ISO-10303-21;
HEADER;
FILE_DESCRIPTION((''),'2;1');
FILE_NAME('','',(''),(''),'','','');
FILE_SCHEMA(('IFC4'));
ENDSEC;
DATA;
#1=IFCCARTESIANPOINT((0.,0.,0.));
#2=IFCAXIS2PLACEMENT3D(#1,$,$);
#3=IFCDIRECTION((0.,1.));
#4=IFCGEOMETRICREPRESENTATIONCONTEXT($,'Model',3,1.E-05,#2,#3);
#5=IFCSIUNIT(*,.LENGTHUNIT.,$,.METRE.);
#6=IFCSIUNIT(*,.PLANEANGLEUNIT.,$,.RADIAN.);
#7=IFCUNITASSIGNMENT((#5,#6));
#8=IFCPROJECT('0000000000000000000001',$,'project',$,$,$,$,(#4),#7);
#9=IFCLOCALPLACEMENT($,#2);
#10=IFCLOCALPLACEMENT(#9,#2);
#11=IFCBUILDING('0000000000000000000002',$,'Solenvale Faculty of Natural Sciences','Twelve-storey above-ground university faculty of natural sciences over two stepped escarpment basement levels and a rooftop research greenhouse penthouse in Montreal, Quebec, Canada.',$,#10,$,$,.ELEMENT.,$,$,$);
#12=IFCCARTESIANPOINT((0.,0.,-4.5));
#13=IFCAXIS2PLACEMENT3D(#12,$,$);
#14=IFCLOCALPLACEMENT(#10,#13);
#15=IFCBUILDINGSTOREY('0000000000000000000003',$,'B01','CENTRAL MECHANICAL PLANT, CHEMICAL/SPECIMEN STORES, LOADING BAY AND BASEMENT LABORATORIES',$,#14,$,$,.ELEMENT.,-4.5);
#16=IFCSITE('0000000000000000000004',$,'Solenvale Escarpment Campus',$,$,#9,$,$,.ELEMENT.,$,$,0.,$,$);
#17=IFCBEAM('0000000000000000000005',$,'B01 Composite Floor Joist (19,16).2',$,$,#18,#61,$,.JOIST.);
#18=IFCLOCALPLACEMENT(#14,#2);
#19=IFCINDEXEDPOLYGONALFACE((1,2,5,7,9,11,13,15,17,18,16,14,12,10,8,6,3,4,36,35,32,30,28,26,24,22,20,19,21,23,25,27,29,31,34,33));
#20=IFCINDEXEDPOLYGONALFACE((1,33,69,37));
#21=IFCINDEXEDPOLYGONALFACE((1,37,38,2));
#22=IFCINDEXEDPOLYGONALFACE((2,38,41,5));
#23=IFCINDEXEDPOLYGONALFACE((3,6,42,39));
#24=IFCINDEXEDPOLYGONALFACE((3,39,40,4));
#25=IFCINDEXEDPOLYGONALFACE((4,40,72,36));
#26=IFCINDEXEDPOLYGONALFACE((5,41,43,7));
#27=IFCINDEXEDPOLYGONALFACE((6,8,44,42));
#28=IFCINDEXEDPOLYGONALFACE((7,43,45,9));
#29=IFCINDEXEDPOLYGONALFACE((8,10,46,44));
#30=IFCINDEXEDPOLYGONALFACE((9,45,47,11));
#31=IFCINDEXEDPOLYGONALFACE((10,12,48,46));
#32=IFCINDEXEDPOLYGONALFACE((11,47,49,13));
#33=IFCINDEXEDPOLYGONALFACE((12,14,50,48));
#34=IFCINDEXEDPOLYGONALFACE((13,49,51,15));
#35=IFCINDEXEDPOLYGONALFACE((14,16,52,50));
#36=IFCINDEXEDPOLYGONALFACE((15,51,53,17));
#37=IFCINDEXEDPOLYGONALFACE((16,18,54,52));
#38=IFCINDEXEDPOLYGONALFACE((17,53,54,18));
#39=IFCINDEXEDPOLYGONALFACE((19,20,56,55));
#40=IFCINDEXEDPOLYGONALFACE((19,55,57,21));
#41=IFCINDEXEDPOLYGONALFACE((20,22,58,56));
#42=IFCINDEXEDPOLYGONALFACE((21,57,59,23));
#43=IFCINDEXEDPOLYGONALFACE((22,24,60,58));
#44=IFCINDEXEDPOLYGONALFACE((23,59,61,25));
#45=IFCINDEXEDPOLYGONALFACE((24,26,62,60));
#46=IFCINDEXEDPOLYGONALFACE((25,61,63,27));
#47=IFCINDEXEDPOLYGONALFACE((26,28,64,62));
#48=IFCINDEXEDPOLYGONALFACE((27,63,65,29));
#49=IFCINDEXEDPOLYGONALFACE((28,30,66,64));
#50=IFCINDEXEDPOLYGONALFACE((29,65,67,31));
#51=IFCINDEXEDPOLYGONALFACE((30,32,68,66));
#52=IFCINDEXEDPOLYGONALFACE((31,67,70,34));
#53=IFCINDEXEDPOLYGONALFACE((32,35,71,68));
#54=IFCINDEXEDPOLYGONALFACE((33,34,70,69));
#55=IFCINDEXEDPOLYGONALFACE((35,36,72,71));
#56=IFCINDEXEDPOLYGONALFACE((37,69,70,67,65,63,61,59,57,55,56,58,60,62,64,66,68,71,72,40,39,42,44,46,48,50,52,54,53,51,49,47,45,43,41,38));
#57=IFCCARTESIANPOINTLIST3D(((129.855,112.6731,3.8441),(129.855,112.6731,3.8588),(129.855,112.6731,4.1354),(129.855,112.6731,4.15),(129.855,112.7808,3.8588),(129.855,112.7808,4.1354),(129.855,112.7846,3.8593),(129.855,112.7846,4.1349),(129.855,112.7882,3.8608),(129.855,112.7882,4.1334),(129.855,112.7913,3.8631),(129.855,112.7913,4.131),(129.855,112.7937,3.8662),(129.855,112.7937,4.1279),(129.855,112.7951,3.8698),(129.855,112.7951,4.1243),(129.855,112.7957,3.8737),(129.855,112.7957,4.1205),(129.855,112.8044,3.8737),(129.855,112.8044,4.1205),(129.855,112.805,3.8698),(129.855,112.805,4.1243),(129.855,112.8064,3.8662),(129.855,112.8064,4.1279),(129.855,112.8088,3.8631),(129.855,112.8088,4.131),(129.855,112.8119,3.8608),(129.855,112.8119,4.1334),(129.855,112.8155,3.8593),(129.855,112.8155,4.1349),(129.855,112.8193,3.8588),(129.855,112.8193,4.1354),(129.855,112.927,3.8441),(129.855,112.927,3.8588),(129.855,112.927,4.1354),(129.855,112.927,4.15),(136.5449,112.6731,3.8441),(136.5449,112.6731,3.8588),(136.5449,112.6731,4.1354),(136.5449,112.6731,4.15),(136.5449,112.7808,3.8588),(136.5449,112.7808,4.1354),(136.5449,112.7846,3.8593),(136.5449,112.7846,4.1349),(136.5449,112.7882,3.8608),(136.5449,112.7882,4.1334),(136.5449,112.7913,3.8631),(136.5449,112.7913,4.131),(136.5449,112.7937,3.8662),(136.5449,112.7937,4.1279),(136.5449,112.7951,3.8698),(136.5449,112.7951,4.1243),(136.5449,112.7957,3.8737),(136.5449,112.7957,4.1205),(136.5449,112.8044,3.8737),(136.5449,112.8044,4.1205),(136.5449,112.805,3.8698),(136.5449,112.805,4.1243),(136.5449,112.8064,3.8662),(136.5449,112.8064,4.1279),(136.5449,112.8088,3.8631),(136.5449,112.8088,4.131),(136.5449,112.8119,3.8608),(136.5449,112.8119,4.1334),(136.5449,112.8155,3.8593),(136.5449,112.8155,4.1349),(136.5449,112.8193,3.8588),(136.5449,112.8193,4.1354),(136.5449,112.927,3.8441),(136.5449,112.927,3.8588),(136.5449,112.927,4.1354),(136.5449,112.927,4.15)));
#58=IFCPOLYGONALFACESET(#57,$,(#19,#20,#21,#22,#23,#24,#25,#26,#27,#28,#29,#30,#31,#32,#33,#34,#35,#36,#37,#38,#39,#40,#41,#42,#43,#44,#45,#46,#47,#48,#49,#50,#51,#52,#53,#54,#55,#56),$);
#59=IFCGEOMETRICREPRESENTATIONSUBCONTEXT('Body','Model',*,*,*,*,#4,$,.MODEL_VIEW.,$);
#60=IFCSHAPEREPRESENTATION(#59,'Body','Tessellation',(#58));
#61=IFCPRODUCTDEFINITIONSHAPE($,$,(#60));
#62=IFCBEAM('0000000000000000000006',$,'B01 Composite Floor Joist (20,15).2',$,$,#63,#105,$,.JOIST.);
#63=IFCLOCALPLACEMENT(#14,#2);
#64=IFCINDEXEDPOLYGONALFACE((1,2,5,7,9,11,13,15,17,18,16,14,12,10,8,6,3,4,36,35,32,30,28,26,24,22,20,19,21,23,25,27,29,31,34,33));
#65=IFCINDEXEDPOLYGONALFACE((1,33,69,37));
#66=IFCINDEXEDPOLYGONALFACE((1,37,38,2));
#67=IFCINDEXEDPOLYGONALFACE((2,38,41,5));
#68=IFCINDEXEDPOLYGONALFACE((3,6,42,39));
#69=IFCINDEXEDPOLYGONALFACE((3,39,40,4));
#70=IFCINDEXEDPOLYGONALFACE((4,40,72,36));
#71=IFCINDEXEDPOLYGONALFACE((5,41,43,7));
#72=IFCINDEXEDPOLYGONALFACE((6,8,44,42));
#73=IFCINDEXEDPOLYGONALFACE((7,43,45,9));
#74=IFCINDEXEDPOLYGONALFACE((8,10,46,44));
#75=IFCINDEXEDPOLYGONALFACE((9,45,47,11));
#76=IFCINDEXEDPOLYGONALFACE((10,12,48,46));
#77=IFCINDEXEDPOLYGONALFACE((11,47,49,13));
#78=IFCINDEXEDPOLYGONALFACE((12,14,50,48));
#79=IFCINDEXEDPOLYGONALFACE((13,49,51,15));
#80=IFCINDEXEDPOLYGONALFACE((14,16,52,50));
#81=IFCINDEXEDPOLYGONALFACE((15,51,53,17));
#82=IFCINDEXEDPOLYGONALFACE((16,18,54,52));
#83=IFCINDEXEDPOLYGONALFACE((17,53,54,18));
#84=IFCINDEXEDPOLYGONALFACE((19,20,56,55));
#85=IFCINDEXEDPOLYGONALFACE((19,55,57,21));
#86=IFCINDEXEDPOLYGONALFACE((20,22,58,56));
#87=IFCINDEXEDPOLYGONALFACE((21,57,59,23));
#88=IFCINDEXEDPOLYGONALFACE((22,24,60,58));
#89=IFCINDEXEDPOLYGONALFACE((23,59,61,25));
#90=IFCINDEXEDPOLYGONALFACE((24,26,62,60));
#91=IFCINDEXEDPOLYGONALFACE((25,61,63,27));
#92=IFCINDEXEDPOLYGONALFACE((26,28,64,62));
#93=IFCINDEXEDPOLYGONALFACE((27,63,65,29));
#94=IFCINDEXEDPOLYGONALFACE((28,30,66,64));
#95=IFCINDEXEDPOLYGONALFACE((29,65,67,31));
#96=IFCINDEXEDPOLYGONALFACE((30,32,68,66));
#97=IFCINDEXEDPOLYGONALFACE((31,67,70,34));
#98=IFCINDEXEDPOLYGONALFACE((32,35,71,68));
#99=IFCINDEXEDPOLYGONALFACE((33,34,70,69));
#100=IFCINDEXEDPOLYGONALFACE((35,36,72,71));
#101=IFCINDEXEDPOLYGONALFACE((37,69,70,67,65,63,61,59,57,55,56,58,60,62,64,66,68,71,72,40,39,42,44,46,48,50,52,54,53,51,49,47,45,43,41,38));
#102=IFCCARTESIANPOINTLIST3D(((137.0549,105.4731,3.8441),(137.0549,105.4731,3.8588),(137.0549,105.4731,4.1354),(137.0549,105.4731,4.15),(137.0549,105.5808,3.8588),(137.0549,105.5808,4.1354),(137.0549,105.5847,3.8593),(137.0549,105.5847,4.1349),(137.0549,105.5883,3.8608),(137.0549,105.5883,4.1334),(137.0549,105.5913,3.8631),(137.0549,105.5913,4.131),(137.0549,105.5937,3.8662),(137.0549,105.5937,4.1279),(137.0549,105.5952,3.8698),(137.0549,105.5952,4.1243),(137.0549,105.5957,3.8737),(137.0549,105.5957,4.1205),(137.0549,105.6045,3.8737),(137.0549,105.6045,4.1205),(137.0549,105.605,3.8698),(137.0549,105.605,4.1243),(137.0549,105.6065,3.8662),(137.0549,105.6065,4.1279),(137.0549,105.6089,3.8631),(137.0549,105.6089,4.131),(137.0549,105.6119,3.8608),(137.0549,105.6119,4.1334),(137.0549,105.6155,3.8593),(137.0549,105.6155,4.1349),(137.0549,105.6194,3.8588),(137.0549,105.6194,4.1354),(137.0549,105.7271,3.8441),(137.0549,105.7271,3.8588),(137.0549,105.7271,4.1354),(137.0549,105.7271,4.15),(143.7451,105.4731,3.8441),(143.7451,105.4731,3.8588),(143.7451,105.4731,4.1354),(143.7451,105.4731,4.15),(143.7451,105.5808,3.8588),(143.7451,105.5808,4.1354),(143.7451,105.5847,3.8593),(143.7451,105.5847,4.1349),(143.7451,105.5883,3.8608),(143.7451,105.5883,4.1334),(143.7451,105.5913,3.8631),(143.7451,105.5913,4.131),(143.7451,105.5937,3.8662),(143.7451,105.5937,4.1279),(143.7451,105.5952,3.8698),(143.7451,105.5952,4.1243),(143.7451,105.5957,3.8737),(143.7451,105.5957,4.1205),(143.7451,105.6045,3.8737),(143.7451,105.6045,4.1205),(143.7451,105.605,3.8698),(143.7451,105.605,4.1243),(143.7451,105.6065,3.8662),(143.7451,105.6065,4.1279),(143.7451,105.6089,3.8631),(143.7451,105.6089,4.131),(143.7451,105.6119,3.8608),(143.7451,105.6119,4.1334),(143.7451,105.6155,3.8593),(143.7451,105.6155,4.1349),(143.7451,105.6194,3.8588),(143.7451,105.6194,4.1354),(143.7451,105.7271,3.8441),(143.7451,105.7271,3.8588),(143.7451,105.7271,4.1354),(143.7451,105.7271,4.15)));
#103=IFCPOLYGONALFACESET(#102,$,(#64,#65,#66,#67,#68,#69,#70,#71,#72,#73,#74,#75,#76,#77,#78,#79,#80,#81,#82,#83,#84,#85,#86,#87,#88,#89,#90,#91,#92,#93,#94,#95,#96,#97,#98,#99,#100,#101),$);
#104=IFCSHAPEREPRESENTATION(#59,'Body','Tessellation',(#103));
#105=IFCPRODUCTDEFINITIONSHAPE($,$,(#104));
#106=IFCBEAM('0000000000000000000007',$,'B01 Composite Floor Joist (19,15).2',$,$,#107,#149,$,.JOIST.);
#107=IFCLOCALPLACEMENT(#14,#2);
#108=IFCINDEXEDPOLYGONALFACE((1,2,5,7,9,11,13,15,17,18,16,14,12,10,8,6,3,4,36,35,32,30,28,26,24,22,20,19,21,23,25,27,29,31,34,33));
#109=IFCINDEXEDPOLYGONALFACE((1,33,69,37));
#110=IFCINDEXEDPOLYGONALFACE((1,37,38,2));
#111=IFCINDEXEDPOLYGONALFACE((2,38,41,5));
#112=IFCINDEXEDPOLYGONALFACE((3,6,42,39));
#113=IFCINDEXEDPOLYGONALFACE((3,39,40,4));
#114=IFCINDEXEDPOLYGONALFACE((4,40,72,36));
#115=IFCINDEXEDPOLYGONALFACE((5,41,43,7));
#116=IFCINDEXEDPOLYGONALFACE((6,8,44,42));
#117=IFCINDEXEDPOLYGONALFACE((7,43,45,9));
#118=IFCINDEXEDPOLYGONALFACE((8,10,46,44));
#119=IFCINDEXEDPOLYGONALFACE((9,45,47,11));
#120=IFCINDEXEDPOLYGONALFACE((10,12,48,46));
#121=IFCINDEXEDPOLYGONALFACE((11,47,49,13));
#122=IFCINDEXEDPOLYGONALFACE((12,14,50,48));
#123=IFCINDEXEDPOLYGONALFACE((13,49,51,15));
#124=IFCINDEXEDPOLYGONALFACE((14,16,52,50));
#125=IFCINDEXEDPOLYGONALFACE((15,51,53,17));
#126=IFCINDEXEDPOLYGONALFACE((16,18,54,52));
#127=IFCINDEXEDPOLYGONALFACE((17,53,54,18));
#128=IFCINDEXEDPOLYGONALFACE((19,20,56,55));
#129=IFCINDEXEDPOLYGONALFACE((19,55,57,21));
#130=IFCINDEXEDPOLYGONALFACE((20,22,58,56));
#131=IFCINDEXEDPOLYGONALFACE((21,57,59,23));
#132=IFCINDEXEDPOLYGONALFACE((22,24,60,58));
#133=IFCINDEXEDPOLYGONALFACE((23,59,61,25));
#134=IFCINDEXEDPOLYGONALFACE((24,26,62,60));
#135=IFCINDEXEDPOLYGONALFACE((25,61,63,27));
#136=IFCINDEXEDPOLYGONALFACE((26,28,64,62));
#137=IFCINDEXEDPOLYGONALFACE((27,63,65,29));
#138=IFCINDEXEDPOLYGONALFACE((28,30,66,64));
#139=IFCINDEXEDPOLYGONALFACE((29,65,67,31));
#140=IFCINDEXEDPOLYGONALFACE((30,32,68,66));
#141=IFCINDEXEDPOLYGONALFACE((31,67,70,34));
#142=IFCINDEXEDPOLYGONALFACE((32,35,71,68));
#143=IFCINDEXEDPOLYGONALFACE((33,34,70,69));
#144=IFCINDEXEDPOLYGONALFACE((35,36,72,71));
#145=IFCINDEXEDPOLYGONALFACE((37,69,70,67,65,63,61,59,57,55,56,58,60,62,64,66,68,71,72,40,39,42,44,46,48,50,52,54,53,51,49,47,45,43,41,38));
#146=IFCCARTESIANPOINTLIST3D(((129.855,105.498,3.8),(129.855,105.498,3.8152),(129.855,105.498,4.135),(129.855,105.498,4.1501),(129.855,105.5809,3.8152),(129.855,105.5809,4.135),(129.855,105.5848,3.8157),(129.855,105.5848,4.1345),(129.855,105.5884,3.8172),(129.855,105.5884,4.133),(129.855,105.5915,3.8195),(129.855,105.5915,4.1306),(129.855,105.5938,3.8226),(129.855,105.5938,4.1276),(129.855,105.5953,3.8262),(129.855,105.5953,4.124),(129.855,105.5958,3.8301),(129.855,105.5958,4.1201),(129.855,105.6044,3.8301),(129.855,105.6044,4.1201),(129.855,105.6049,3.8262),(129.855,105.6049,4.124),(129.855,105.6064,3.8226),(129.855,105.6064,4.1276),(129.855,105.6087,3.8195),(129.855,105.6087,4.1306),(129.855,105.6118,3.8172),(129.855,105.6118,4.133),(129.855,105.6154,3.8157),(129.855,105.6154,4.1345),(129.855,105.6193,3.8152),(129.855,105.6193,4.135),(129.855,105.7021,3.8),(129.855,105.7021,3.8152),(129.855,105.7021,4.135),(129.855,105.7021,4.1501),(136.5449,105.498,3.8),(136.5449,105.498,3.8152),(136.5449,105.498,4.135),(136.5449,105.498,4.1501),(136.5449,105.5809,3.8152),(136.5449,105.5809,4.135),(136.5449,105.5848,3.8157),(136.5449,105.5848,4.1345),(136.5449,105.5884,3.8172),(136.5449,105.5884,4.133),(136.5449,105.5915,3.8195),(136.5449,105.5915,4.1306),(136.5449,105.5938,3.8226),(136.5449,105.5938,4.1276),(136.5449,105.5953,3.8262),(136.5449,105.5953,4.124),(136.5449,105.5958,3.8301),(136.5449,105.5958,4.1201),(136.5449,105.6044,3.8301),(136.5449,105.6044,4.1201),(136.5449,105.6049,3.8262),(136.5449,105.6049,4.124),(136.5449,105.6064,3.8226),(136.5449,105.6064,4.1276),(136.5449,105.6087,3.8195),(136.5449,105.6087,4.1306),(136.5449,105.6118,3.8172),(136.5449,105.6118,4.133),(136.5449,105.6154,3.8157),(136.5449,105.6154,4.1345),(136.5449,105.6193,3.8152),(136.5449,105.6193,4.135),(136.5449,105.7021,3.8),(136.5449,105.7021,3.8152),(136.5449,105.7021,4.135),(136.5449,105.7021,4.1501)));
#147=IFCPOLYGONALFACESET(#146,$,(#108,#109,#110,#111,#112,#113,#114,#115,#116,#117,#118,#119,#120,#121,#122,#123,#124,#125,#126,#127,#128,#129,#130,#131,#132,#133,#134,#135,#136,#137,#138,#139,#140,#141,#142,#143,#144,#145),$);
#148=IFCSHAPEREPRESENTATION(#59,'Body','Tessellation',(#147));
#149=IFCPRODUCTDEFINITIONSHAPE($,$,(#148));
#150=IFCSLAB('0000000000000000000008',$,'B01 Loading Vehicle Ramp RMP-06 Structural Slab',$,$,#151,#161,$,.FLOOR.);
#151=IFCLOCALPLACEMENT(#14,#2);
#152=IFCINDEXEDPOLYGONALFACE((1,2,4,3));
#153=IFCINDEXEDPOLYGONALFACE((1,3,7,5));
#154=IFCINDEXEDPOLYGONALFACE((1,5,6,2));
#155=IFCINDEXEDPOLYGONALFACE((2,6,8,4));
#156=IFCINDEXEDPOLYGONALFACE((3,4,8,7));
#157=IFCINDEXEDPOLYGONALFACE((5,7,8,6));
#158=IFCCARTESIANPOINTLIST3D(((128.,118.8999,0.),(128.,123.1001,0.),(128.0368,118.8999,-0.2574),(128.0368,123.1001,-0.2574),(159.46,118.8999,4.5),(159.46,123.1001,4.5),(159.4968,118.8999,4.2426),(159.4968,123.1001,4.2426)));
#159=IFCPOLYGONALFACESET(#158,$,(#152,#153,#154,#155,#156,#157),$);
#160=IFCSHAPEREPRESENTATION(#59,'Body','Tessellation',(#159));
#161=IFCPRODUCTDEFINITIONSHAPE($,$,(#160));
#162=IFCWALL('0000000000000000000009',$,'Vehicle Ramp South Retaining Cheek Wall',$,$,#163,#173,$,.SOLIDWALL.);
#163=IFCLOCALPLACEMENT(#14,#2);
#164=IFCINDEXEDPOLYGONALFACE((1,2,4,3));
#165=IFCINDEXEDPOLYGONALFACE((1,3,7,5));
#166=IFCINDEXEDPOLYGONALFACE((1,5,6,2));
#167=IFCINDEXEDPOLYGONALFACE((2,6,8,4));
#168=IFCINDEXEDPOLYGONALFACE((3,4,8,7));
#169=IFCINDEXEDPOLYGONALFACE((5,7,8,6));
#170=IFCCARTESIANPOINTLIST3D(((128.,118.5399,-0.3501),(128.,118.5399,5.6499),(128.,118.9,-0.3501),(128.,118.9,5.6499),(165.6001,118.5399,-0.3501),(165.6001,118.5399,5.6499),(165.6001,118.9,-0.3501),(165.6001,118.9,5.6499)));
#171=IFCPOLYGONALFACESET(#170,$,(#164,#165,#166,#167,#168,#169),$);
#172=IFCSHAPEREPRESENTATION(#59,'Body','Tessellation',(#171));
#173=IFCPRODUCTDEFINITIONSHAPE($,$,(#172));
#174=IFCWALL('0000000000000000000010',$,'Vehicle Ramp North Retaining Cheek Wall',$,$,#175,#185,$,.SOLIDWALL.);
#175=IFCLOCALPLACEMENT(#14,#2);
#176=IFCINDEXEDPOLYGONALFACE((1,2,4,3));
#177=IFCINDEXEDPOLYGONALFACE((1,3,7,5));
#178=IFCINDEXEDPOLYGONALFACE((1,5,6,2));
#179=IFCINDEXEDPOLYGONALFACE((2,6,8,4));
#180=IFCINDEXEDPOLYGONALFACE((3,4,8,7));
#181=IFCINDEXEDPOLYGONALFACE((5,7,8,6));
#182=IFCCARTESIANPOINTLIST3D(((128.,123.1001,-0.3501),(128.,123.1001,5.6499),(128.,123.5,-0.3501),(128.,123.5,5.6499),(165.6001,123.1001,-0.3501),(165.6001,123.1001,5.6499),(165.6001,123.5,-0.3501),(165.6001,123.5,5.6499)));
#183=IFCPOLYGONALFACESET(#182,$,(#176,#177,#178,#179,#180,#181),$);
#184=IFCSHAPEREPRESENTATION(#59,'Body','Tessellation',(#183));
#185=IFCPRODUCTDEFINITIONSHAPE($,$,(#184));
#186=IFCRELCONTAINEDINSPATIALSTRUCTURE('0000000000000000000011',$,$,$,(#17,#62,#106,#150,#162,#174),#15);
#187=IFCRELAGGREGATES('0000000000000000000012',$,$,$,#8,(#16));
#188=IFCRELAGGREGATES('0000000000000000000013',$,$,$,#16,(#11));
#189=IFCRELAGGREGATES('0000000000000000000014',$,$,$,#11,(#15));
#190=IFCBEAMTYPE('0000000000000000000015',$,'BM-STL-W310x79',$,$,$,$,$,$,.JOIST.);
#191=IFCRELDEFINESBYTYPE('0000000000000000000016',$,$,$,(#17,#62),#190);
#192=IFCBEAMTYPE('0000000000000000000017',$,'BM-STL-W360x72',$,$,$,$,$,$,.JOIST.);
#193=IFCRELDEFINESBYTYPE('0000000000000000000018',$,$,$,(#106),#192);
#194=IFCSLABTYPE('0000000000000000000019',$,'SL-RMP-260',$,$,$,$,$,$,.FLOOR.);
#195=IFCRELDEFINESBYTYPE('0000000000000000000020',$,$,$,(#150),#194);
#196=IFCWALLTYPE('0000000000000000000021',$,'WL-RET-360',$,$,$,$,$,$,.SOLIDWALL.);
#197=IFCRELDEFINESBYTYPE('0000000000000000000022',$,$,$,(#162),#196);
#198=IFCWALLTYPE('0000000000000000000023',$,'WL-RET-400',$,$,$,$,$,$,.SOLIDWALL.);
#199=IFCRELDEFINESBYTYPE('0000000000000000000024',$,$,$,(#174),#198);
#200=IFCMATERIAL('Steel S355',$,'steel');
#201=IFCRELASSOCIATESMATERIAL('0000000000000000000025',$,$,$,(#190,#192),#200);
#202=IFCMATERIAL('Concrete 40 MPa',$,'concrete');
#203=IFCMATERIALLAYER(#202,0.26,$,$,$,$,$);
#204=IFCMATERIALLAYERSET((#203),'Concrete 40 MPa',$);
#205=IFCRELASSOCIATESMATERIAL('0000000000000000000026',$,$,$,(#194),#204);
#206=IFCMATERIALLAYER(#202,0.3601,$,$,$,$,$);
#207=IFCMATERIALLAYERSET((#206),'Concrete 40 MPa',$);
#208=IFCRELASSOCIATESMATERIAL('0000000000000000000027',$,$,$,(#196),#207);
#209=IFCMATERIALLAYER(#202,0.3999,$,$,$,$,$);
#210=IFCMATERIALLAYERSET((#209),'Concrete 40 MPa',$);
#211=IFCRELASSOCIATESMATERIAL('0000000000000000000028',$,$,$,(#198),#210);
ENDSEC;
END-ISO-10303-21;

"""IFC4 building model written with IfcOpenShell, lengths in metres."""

from ifc_helpers import new_model, si_unit, direction, frame, frame_2d, origin, origin_2d, place, context, subcontext, project, spatial, polyline, rectangle, i_section, outline, extrude, material, layer, layer_set, material_profile, profile_set, type_object, element, save


model = new_model("IFC4")

# Units and contexts
model_context = context("Model", 3, precision=1e-05, world=origin(), true_north=direction((0.0, 1.0)))
body_context = subcontext(model_context, "Body", "Model", "MODEL_VIEW")
ifc_project = project(units=[si_unit("LENGTHUNIT", "METRE"), si_unit("PLANEANGLEUNIT", "RADIAN")], contexts=[model_context])

# Site, building, storey
site_placement = place(None, origin())
site = spatial("IfcSite", under=ifc_project, at=site_placement, Name="Solenvale Escarpment Campus", CompositionType="ELEMENT", RefElevation=0.0)
building_placement = place(site_placement, origin())
building = spatial("IfcBuilding", under=site, at=building_placement, Name="Solenvale Faculty of Natural Sciences", Description="Twelve-storey above-ground university faculty of natural sciences over two stepped escarpment basement levels and a rooftop research greenhouse penthouse in Montreal, Quebec, Canada.", CompositionType="ELEMENT")
storey_placement = place(building_placement, frame((0.0, 0.0, -4.5)))
storey = spatial("IfcBuildingStorey", under=building, at=storey_placement, Name="B01", Description="CENTRAL MECHANICAL PLANT, CHEMICAL/SPECIMEN STORES, LOADING BAY AND BASEMENT LABORATORIES", CompositionType="ELEMENT", Elevation=-4.5)

# Shared definitions
ifc_material_1 = material(Name="Concrete 40 MPa", Category="concrete")

# Beams
ifc_material_2 = material(Name="Steel S355", Category="steel")
ifc_material_profile_1 = material_profile(ifc_material_2, i_section(OverallWidth=0.2539, OverallDepth=0.3059, WebThickness=0.0088, FlangeThickness=0.0146, FilletRadius=0.0149, at=origin_2d()), Name="W310x79")
ifc_profile_set_1 = profile_set([ifc_material_profile_1], Name="Steel S355")
beam_type_1 = type_object("IfcBeamType", Name="BM-STL-W310x79", PredefinedType="JOIST", material=ifc_profile_set_1)
for number, where, z_axis, x_axis, name in (
    (1, (129.855, 112.8, 3.9971), (1.0, 0.0, 0.0), (0.0, 1.0, 0.0), "B01 Composite Floor Joist (19,16).2"),
):
    element("IfcBeam", number, at=place(storey_placement, frame(where, z_axis=z_axis, x_axis=x_axis)), inside=storey, type_object=beam_type_1, Name=name, PredefinedType="JOIST", context=body_context, shape_type="SweptSolid", body=[
        extrude(i_section(OverallWidth=0.2539, OverallDepth=0.3059, WebThickness=0.0088, FlangeThickness=0.0146, FilletRadius=0.0149, at=origin_2d()), origin(), (0.0, 0.0, 1.0), 6.6899),
    ])
beam_1_placement = place(storey_placement, frame((137.0549, 105.6001, 3.9971), z_axis=(1.0, 0.0, 0.0), x_axis=(0.0, 1.0, 0.0)))
element("IfcBeam", 2, at=beam_1_placement, inside=storey, type_object=beam_type_1, Name="B01 Composite Floor Joist (20,15).2", PredefinedType="JOIST", context=body_context, shape_type="SweptSolid", body=[
    extrude(i_section(OverallWidth=0.2539, OverallDepth=0.3059, WebThickness=0.0088, FlangeThickness=0.0146, FilletRadius=0.0149, at=origin_2d()), origin(), (0.0, 0.0, 1.0), 6.6902),
])
ifc_material_profile_2 = material_profile(ifc_material_2, i_section(OverallWidth=0.2041, OverallDepth=0.3501, WebThickness=0.0085, FlangeThickness=0.0151, FilletRadius=0.0149, at=origin_2d()), Name="W360x72")
ifc_profile_set_2 = profile_set([ifc_material_profile_2], Name="Steel S355")
beam_type_2 = type_object("IfcBeamType", Name="BM-STL-W360x72", PredefinedType="JOIST", material=ifc_profile_set_2)
beam_2_placement = place(storey_placement, frame((129.855, 105.6001, 3.9751), z_axis=(1.0, 0.0, 0.0), x_axis=(0.0, 1.0, 0.0)))
element("IfcBeam", 3, at=beam_2_placement, inside=storey, type_object=beam_type_2, Name="B01 Composite Floor Joist (19,15).2", PredefinedType="JOIST", context=body_context, shape_type="SweptSolid", body=[
    extrude(i_section(OverallWidth=0.2041, OverallDepth=0.3501, WebThickness=0.0085, FlangeThickness=0.0151, FilletRadius=0.0149, at=origin_2d()), origin(), (0.0, 0.0, 1.0), 6.6899),
])

# Slab
ifc_layer_1 = layer(ifc_material_1, 0.26)
ifc_layer_set_1 = layer_set([ifc_layer_1], Name="Concrete 40 MPa")
slab_type = type_object("IfcSlabType", Name="SL-RMP-260", PredefinedType="FLOOR", material=ifc_layer_set_1)
slab_placement = place(storey_placement, frame((128.0, 118.8999, 0.0), z_axis=(-0.141598, 0.0, 0.989924), x_axis=(0.989924, 0.0, 0.141598)))
element("IfcSlab", 4, at=slab_placement, inside=storey, type_object=slab_type, Name="B01 Loading Vehicle Ramp RMP-06 Structural Slab", PredefinedType="FLOOR", context=body_context, shape_type="SweptSolid", body=[
    extrude(outline(polyline([(0.0, 0.0), (31.7802, 0.0), (31.7802, 4.2002), (0.0, 4.2002), (0.0, 0.0)])), origin(), (0.0, 0.0, -1.0), 0.26),
])

# Walls
ifc_layer_2 = layer(ifc_material_1, 0.3601)
ifc_layer_set_2 = layer_set([ifc_layer_2], Name="Concrete 40 MPa")
wall_type_1 = type_object("IfcWallType", Name="WL-RET-360", PredefinedType="SOLIDWALL", material=ifc_layer_set_2)
wall_1_placement = place(storey_placement, frame((128.0, 118.72, -0.3501), z_axis=(0.0, 0.0, 1.0), x_axis=(1.0, 0.0, 0.0)))
element("IfcWall", 5, at=wall_1_placement, inside=storey, type_object=wall_type_1, Name="Vehicle Ramp South Retaining Cheek Wall", PredefinedType="SOLIDWALL", context=body_context, shape_type="SweptSolid", body=[
    extrude(rectangle(XDim=37.6001, YDim=0.3601, at=frame_2d((18.8, 0.0))), origin(), (0.0, 0.0, 1.0), 6.0),
])
ifc_layer_3 = layer(ifc_material_1, 0.3999)
ifc_layer_set_3 = layer_set([ifc_layer_3], Name="Concrete 40 MPa")
wall_type_2 = type_object("IfcWallType", Name="WL-RET-400", PredefinedType="SOLIDWALL", material=ifc_layer_set_3)
wall_2_placement = place(storey_placement, frame((128.0, 123.3, -0.3501), z_axis=(0.0, 0.0, 1.0), x_axis=(1.0, 0.0, 0.0)))
element("IfcWall", 6, at=wall_2_placement, inside=storey, type_object=wall_type_2, Name="Vehicle Ramp North Retaining Cheek Wall", PredefinedType="SOLIDWALL", context=body_context, shape_type="SweptSolid", body=[
    extrude(rectangle(XDim=37.6001, YDim=0.3999, at=frame_2d((18.8, 0.0))), origin(), (0.0, 0.0, 1.0), 6.0),
])

save(model, "model.ifc")
